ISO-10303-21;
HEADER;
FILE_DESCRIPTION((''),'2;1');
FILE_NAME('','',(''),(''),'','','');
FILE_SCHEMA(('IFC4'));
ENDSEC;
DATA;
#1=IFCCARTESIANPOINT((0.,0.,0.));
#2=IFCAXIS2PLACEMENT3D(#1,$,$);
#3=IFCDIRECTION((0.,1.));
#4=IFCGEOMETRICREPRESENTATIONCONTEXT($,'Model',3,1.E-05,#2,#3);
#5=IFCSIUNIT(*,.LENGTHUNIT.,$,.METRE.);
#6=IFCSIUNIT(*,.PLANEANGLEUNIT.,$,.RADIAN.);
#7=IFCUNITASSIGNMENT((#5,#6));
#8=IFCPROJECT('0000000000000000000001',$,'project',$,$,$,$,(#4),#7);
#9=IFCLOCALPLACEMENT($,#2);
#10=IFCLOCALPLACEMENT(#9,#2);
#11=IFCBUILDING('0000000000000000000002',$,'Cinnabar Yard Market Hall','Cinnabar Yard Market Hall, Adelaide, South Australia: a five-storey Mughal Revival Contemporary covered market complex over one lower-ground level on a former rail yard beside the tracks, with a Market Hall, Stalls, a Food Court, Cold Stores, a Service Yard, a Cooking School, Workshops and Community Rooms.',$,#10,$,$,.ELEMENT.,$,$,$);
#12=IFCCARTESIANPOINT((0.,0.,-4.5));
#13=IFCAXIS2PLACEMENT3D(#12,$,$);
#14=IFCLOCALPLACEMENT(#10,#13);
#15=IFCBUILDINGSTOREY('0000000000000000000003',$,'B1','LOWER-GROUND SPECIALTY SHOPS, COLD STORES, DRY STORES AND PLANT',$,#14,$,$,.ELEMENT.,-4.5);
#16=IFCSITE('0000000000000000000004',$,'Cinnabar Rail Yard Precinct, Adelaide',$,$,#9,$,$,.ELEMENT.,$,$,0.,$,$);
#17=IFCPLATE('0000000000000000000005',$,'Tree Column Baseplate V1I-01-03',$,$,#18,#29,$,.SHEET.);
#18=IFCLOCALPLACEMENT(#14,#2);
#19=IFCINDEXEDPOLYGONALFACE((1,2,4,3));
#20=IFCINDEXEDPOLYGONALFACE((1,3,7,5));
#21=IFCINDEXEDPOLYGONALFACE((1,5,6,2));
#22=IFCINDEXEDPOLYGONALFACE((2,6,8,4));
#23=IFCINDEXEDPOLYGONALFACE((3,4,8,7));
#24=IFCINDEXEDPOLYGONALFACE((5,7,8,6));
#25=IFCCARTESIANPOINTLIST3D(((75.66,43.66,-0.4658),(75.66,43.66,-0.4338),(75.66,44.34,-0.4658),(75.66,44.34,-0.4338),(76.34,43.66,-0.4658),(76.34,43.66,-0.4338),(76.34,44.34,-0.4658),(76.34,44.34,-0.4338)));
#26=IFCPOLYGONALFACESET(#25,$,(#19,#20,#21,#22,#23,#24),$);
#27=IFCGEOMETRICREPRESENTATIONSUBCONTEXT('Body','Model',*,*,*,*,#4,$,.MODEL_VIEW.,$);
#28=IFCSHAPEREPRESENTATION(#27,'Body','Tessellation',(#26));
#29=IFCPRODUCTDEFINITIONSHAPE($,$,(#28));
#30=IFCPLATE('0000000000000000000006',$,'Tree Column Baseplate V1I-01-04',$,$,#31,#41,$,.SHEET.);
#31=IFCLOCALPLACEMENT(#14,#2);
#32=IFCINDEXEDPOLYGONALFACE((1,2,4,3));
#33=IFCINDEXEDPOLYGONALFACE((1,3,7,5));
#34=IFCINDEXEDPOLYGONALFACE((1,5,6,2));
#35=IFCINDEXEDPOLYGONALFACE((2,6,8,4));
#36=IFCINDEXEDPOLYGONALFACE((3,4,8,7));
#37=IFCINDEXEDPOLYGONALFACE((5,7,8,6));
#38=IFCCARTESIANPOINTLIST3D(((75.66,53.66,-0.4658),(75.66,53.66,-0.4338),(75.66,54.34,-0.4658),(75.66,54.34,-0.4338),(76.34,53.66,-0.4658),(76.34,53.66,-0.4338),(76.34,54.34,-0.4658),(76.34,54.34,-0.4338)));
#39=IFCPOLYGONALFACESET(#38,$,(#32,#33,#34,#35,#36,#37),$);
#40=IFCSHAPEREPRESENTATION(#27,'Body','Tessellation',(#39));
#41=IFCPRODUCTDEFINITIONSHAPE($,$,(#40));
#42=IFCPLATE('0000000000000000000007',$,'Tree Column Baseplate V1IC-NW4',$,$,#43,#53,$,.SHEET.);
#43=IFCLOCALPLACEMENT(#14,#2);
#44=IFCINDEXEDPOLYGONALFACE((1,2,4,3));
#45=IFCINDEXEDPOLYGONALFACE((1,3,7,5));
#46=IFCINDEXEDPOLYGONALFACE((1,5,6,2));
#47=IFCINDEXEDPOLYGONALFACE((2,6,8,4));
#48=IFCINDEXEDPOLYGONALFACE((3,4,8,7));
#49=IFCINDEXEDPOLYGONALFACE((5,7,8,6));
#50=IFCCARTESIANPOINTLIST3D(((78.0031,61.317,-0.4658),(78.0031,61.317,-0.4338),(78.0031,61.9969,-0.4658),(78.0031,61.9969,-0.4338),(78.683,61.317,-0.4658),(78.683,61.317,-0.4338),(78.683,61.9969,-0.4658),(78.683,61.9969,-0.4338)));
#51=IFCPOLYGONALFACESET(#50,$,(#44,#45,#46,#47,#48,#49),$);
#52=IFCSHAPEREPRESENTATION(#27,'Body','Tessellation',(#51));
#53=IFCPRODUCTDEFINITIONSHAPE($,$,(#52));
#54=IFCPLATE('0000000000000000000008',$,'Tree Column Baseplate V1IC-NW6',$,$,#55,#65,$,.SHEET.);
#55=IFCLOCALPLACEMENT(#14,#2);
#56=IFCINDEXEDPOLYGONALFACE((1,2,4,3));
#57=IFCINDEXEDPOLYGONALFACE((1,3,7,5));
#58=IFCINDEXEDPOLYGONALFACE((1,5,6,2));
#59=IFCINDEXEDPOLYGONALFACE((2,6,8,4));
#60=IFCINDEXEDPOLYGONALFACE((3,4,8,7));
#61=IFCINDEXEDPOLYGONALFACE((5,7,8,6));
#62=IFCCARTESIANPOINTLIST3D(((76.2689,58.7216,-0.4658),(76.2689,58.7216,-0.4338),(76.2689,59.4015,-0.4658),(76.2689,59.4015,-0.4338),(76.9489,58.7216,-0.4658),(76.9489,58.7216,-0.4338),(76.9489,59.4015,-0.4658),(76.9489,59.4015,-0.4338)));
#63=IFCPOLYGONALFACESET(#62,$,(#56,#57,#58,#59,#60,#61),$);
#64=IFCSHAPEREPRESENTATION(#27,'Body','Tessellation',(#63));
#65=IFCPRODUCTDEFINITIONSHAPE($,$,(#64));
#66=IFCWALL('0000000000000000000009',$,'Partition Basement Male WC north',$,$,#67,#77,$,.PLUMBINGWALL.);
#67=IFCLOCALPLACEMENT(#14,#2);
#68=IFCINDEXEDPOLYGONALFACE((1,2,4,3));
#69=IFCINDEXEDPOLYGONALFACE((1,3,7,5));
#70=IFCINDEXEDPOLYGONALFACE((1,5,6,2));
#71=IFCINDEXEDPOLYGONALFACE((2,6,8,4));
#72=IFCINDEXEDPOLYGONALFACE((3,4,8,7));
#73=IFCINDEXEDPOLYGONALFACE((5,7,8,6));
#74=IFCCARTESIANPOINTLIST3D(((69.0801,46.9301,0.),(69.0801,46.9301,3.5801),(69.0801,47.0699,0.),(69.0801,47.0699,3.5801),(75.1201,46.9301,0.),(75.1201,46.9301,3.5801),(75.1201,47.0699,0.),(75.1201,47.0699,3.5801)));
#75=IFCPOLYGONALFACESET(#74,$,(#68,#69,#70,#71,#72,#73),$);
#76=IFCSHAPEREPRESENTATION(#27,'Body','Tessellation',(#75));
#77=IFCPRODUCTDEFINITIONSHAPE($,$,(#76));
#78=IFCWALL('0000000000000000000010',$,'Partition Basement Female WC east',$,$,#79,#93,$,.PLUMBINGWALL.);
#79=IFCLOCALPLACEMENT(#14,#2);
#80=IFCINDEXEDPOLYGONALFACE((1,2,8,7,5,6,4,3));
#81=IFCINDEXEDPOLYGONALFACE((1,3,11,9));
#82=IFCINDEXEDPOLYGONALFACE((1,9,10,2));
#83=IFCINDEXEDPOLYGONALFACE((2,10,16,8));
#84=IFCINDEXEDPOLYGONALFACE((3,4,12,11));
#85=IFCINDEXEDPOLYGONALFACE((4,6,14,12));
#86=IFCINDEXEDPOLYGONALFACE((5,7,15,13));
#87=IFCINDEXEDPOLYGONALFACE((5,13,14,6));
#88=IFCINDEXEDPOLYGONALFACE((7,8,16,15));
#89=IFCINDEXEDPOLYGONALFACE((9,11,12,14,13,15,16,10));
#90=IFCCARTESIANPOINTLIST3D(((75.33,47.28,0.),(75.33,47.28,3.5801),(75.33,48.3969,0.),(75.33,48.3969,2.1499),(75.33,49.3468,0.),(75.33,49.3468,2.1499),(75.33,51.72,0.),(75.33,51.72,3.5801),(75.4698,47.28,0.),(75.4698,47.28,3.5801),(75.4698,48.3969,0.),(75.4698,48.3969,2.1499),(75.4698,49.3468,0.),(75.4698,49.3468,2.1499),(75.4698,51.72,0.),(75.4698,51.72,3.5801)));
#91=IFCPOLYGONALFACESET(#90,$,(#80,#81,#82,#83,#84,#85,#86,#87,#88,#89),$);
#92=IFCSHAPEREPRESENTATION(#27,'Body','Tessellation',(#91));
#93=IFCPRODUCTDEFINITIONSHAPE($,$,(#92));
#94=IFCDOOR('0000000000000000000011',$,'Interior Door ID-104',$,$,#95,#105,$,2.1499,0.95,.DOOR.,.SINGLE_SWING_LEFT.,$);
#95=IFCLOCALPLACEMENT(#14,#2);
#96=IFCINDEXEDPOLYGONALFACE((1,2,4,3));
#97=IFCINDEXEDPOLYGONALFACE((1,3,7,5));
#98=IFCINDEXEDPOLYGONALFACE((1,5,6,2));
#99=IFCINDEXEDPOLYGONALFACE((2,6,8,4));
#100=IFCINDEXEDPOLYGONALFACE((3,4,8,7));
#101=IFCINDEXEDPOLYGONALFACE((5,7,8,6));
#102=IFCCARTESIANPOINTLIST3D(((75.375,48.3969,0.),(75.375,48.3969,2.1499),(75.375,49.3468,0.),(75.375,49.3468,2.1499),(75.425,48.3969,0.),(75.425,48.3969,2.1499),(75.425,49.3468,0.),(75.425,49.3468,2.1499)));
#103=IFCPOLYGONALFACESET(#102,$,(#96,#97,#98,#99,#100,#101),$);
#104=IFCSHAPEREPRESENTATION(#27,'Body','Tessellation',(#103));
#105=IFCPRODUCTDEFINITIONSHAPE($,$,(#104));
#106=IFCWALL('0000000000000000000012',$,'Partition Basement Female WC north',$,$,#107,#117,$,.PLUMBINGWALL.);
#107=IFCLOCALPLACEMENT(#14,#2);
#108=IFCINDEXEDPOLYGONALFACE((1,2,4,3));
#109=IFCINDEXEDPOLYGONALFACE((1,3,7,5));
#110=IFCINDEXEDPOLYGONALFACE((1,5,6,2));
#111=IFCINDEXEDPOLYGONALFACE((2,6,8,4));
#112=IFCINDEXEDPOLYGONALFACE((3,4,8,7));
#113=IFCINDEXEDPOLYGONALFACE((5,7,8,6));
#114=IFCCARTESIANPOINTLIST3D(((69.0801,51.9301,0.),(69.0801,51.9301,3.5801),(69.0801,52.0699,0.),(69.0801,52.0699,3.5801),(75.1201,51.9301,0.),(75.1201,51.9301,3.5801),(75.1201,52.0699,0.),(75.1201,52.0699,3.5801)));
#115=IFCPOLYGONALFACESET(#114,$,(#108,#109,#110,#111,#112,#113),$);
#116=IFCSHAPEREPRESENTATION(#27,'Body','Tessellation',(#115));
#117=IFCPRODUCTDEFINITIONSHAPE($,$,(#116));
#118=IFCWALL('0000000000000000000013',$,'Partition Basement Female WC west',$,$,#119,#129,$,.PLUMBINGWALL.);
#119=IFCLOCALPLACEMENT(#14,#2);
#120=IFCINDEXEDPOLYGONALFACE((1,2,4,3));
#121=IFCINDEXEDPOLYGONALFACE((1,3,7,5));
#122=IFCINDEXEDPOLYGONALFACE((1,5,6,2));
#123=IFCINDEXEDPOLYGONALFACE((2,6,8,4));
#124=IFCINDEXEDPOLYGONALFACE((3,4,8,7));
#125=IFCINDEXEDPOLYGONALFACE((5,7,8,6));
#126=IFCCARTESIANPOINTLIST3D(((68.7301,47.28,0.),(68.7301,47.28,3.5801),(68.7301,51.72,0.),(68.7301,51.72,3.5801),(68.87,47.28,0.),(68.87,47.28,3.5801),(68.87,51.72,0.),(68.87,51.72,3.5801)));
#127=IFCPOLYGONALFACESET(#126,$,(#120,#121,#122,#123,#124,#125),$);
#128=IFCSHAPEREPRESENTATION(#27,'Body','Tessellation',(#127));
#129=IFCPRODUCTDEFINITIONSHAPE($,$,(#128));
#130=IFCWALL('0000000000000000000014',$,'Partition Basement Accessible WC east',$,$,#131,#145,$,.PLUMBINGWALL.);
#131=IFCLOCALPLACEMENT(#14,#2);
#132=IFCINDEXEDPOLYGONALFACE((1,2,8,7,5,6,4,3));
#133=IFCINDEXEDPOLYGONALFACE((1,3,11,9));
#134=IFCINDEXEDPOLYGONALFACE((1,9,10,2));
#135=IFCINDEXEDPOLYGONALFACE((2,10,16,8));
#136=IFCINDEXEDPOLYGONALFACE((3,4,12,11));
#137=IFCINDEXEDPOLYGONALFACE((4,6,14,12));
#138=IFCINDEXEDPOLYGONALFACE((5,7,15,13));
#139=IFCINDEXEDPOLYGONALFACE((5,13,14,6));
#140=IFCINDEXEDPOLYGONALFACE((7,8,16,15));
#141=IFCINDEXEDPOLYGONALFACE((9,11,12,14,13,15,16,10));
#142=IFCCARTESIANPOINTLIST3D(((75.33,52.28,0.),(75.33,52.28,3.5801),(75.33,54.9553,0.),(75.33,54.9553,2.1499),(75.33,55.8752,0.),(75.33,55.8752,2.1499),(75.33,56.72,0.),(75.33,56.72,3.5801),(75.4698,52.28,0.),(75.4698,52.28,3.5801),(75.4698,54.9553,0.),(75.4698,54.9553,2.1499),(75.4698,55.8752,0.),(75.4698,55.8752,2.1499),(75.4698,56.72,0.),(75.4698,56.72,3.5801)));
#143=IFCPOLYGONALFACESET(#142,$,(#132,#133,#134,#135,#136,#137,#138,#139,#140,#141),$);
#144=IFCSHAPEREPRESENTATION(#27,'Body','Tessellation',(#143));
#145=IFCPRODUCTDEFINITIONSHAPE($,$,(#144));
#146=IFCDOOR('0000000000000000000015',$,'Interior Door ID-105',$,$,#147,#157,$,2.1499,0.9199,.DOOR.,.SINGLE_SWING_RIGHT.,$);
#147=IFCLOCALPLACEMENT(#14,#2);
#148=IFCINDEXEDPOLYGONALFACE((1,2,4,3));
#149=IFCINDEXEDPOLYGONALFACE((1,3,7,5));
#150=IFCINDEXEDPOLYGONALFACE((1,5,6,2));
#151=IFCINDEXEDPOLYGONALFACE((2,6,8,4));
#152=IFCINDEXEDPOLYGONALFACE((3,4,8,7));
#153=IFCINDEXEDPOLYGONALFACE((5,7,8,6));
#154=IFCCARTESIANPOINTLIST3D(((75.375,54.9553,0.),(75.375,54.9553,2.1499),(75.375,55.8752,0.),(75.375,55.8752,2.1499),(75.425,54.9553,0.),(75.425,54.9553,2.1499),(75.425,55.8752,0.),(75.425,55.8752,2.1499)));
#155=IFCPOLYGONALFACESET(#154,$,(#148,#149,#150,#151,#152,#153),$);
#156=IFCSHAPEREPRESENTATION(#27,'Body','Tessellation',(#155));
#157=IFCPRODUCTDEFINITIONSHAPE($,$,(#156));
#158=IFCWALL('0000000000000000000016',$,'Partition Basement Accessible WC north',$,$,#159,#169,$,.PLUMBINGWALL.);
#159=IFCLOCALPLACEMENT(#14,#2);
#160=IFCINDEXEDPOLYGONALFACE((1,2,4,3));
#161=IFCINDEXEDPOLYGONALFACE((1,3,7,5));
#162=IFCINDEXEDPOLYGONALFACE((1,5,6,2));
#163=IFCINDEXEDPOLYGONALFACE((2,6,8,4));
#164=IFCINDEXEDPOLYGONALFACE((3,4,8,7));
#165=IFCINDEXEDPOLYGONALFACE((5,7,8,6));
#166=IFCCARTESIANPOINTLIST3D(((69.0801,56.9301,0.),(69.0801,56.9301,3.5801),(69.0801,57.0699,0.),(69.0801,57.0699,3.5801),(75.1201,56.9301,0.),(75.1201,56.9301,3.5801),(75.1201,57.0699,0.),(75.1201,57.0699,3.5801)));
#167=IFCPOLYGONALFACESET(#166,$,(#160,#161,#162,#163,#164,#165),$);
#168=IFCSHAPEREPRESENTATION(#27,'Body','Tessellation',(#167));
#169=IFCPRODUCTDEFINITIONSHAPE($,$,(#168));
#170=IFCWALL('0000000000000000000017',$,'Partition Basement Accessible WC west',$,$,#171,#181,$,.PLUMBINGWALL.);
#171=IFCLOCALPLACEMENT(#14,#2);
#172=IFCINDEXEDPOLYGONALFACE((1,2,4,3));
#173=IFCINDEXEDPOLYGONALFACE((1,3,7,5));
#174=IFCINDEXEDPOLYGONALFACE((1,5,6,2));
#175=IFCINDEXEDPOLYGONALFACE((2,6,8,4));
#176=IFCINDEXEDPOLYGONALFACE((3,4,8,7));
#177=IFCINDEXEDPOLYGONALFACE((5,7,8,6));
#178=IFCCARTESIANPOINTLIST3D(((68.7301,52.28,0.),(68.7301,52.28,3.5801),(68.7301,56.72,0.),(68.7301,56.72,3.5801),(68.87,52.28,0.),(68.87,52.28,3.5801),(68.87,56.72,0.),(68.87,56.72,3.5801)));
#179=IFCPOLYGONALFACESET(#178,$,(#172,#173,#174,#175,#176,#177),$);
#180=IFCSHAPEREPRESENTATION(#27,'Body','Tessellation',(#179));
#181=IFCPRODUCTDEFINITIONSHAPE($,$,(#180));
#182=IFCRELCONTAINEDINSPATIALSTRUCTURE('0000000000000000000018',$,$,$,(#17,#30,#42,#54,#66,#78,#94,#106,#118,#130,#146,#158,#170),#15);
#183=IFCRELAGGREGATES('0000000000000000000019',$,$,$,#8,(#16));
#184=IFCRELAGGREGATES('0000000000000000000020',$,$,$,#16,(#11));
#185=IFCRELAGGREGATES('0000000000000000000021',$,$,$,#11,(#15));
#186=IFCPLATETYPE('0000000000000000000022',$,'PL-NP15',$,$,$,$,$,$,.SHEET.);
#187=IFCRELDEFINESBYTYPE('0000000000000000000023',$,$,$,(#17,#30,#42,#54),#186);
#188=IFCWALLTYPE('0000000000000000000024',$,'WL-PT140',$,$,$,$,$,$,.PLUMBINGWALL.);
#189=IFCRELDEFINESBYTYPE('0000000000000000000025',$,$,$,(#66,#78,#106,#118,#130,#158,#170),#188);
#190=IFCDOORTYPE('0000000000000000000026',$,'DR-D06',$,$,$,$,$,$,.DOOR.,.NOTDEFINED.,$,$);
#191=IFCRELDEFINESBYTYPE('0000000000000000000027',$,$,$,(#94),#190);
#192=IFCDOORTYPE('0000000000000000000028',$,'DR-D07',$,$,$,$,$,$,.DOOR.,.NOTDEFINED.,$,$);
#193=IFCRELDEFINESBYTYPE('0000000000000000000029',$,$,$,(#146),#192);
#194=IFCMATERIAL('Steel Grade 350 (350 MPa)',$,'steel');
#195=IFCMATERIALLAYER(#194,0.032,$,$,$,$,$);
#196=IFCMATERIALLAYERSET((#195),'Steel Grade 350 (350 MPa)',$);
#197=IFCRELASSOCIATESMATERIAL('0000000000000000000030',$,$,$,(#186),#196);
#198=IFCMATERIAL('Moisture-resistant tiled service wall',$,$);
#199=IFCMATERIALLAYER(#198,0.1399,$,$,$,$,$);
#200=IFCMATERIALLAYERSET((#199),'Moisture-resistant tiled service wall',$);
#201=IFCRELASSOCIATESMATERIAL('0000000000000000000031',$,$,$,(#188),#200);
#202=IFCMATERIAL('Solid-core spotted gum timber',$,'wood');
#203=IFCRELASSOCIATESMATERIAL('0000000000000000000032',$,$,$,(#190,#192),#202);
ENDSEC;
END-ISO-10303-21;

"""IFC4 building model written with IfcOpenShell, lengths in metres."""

from ifc_helpers import new_model, si_unit, direction, frame, frame_2d, origin, origin_2d_with_axis, place, context, subcontext, project, spatial, rectangle, extrude, material, layer, layer_set, type_object, element, fill, save


model = new_model("IFC4")

# Units and contexts
model_context = context("Model", 3, precision=1e-05, world=origin(), true_north=direction((0.0, 1.0)))
body_context = subcontext(model_context, "Body", "Model", "MODEL_VIEW")
ifc_project = project(units=[si_unit("LENGTHUNIT", "METRE"), si_unit("PLANEANGLEUNIT", "RADIAN")], contexts=[model_context])

# Site, building, storey
site_placement = place(None, origin())
site = spatial("IfcSite", under=ifc_project, at=site_placement, Name="Cinnabar Rail Yard Precinct, Adelaide", CompositionType="ELEMENT", RefElevation=0.0)
building_placement = place(site_placement, origin())
building = spatial("IfcBuilding", under=site, at=building_placement, Name="Cinnabar Yard Market Hall", Description="Cinnabar Yard Market Hall, Adelaide, South Australia: a five-storey Mughal Revival Contemporary covered market complex over one lower-ground level on a former rail yard beside the tracks, with a Market Hall, Stalls, a Food Court, Cold Stores, a Service Yard, a Cooking School, Workshops and Community Rooms.", CompositionType="ELEMENT")
storey_placement = place(building_placement, frame((0.0, 0.0, -4.5)))
storey = spatial("IfcBuildingStorey", under=building, at=storey_placement, Name="B1", Description="LOWER-GROUND SPECIALTY SHOPS, COLD STORES, DRY STORES AND PLANT", CompositionType="ELEMENT", Elevation=-4.5)

# Plates
ifc_material_1 = material(Name="Steel Grade 350 (350 MPa)", Category="steel")
ifc_layer_1 = layer(ifc_material_1, 0.032)
ifc_layer_set_1 = layer_set([ifc_layer_1], Name="Steel Grade 350 (350 MPa)")
plate_type = type_object("IfcPlateType", Name="PL-NP15", PredefinedType="SHEET", material=ifc_layer_set_1)
for number, where, z_axis, x_axis, name in (
    (1, (76.0, 44.0, -0.4658), (0.0, 0.0, 1.0), (1.0, 0.0, 0.0), "Tree Column Baseplate V1I-01-03"),
    (2, (76.0, 54.0, -0.4658), (0.0, 0.0, 1.0), (1.0, 0.0, 0.0), "Tree Column Baseplate V1I-01-04"),
    (3, (78.343, 61.657, -0.4658), (0.0, 0.0, 1.0), (1.0, 0.0, 0.0), "Tree Column Baseplate V1IC-NW4"),
    (4, (76.6089, 59.0615, -0.4658), (0.0, 0.0, 1.0), (1.0, 0.0, 0.0), "Tree Column Baseplate V1IC-NW6"),
):
    element("IfcPlate", number, at=place(storey_placement, frame(where, z_axis=z_axis, x_axis=x_axis)), inside=storey, type_object=plate_type, Name=name, PredefinedType="SHEET", context=body_context, shape_type="SweptSolid", body=[
        extrude(rectangle(XDim=0.6799, YDim=0.6799, at=origin_2d_with_axis()), origin(), (0.0, 0.0, 1.0), 0.032),
    ])

# Wall
ifc_material_2 = material(Name="Moisture-resistant tiled service wall")
ifc_layer_2 = layer(ifc_material_2, 0.1399)
ifc_layer_set_2 = layer_set([ifc_layer_2], Name="Moisture-resistant tiled service wall")
wall_type = type_object("IfcWallType", Name="WL-PT140", PredefinedType="PLUMBINGWALL", material=ifc_layer_set_2)
wall_1_placement = place(storey_placement, frame((75.1201, 47.0, 0.0), z_axis=(0.0, 0.0, 1.0), x_axis=(-1.0, 0.0, 0.0)))
element("IfcWall", 5, at=wall_1_placement, inside=storey, type_object=wall_type, Name="Partition Basement Male WC north", PredefinedType="PLUMBINGWALL", context=body_context, shape_type="SweptSolid", body=[
    extrude(rectangle(XDim=6.04, YDim=0.1399, at=frame_2d((3.02, 0.0), x_axis=(1.0, 0.0))), origin(), (0.0, 0.0, 1.0), 3.5801),
])

# Wall, opening, door
wall_2_placement = place(storey_placement, frame((75.3999, 47.28, 0.0), z_axis=(0.0, 0.0, 1.0), x_axis=(0.0, 1.0, 0.0)))
wall_2 = element("IfcWall", 6, at=wall_2_placement, inside=storey, type_object=wall_type, Name="Partition Basement Female WC east", PredefinedType="PLUMBINGWALL", context=body_context, shape_type="SweptSolid", body=[
    extrude(rectangle(XDim=4.4399, YDim=0.1399, at=frame_2d((2.22, 0.0), x_axis=(1.0, 0.0))), origin(), (0.0, 0.0, 1.0), 3.5801),
])
opening_1_placement = place(wall_2_placement, frame((1.1167, 0.0, 0.0)))
opening_1 = element("IfcOpeningElement", 7, at=opening_1_placement, cuts=wall_2, PredefinedType="OPENING", context=body_context, shape_type="SweptSolid", body=[
    extrude(rectangle(XDim=0.95, YDim=2.1499, at=frame_2d((0.4751, 1.075), x_axis=(1.0, 0.0))), frame((0.0, 0.0798, 0.0), z_axis=(0.0, -1.0, 0.0), x_axis=(1.0, 0.0, 0.0)), (0.0, 0.0, 1.0), 0.1599),
])
ifc_material_3 = material(Name="Solid-core spotted gum timber", Category="wood")
door_type_1 = type_object("IfcDoorType", Name="DR-D06", OperationType="NOTDEFINED", PredefinedType="DOOR", material=ifc_material_3)
door_1_placement = place(opening_1_placement, origin())
door_1 = element("IfcDoor", 8, at=door_1_placement, inside=storey, type_object=door_type_1, Name="Interior Door ID-104", OperationType="SINGLE_SWING_LEFT", OverallHeight=2.1499, OverallWidth=0.95, PredefinedType="DOOR", context=body_context, shape_type="SweptSolid", body=[
    extrude(rectangle(XDim=0.95, YDim=2.1499, at=frame_2d((0.4751, 1.075), x_axis=(1.0, 0.0))), frame((0.0, 0.0249, 0.0), z_axis=(0.0, -1.0, 0.0), x_axis=(1.0, 0.0, 0.0)), (0.0, 0.0, 1.0), 0.05),
])
fill(opening_1, door_1)

# Walls
wall_3_placement = place(storey_placement, frame((75.1201, 52.0, 0.0), z_axis=(0.0, 0.0, 1.0), x_axis=(-1.0, 0.0, 0.0)))
element("IfcWall", 9, at=wall_3_placement, inside=storey, type_object=wall_type, Name="Partition Basement Female WC north", PredefinedType="PLUMBINGWALL", context=body_context, shape_type="SweptSolid", body=[
    extrude(rectangle(XDim=6.04, YDim=0.1399, at=frame_2d((3.02, 0.0), x_axis=(1.0, 0.0))), origin(), (0.0, 0.0, 1.0), 3.5801),
])
wall_4_placement = place(storey_placement, frame((68.8, 51.72, 0.0), z_axis=(0.0, 0.0, 1.0), x_axis=(0.0, -1.0, 0.0)))
element("IfcWall", 10, at=wall_4_placement, inside=storey, type_object=wall_type, Name="Partition Basement Female WC west", PredefinedType="PLUMBINGWALL", context=body_context, shape_type="SweptSolid", body=[
    extrude(rectangle(XDim=4.4399, YDim=0.1399, at=frame_2d((2.22, 0.0), x_axis=(1.0, 0.0))), origin(), (0.0, 0.0, 1.0), 3.5801),
])

# Wall, opening, door
wall_5_placement = place(storey_placement, frame((75.3999, 52.28, 0.0), z_axis=(0.0, 0.0, 1.0), x_axis=(0.0, 1.0, 0.0)))
wall_5 = element("IfcWall", 11, at=wall_5_placement, inside=storey, type_object=wall_type, Name="Partition Basement Accessible WC east", PredefinedType="PLUMBINGWALL", context=body_context, shape_type="SweptSolid", body=[
    extrude(rectangle(XDim=4.4399, YDim=0.1399, at=frame_2d((2.22, 0.0), x_axis=(1.0, 0.0))), origin(), (0.0, 0.0, 1.0), 3.5801),
])
opening_2_placement = place(wall_5_placement, frame((2.6753, 0.0, 0.0)))
opening_2 = element("IfcOpeningElement", 12, at=opening_2_placement, cuts=wall_5, PredefinedType="OPENING", context=body_context, shape_type="SweptSolid", body=[
    extrude(rectangle(XDim=0.9199, YDim=2.1499, at=frame_2d((0.46, 1.075), x_axis=(1.0, 0.0))), frame((0.0, 0.0798, 0.0), z_axis=(0.0, -1.0, 0.0), x_axis=(1.0, 0.0, 0.0)), (0.0, 0.0, 1.0), 0.1599),
])
door_type_2 = type_object("IfcDoorType", Name="DR-D07", OperationType="NOTDEFINED", PredefinedType="DOOR", material=ifc_material_3)
door_2_placement = place(opening_2_placement, origin())
door_2 = element("IfcDoor", 13, at=door_2_placement, inside=storey, type_object=door_type_2, Name="Interior Door ID-105", OperationType="SINGLE_SWING_RIGHT", OverallHeight=2.1499, OverallWidth=0.9199, PredefinedType="DOOR", context=body_context, shape_type="SweptSolid", body=[
    extrude(rectangle(XDim=0.9199, YDim=2.1499, at=frame_2d((0.46, 1.075), x_axis=(1.0, 0.0))), frame((0.0, 0.0249, 0.0), z_axis=(0.0, -1.0, 0.0), x_axis=(1.0, 0.0, 0.0)), (0.0, 0.0, 1.0), 0.05),
])
fill(opening_2, door_2)

# Walls
wall_6_placement = place(storey_placement, frame((75.1201, 57.0, 0.0), z_axis=(0.0, 0.0, 1.0), x_axis=(-1.0, 0.0, 0.0)))
element("IfcWall", 14, at=wall_6_placement, inside=storey, type_object=wall_type, Name="Partition Basement Accessible WC north", PredefinedType="PLUMBINGWALL", context=body_context, shape_type="SweptSolid", body=[
    extrude(rectangle(XDim=6.04, YDim=0.1399, at=frame_2d((3.02, 0.0), x_axis=(1.0, 0.0))), origin(), (0.0, 0.0, 1.0), 3.5801),
])
wall_7_placement = place(storey_placement, frame((68.8, 56.72, 0.0), z_axis=(0.0, 0.0, 1.0), x_axis=(0.0, -1.0, 0.0)))
element("IfcWall", 15, at=wall_7_placement, inside=storey, type_object=wall_type, Name="Partition Basement Accessible WC west", PredefinedType="PLUMBINGWALL", context=body_context, shape_type="SweptSolid", body=[
    extrude(rectangle(XDim=4.4399, YDim=0.1399, at=frame_2d((2.22, 0.0), x_axis=(1.0, 0.0))), origin(), (0.0, 0.0, 1.0), 3.5801),
])

save(model, "model.ifc")
